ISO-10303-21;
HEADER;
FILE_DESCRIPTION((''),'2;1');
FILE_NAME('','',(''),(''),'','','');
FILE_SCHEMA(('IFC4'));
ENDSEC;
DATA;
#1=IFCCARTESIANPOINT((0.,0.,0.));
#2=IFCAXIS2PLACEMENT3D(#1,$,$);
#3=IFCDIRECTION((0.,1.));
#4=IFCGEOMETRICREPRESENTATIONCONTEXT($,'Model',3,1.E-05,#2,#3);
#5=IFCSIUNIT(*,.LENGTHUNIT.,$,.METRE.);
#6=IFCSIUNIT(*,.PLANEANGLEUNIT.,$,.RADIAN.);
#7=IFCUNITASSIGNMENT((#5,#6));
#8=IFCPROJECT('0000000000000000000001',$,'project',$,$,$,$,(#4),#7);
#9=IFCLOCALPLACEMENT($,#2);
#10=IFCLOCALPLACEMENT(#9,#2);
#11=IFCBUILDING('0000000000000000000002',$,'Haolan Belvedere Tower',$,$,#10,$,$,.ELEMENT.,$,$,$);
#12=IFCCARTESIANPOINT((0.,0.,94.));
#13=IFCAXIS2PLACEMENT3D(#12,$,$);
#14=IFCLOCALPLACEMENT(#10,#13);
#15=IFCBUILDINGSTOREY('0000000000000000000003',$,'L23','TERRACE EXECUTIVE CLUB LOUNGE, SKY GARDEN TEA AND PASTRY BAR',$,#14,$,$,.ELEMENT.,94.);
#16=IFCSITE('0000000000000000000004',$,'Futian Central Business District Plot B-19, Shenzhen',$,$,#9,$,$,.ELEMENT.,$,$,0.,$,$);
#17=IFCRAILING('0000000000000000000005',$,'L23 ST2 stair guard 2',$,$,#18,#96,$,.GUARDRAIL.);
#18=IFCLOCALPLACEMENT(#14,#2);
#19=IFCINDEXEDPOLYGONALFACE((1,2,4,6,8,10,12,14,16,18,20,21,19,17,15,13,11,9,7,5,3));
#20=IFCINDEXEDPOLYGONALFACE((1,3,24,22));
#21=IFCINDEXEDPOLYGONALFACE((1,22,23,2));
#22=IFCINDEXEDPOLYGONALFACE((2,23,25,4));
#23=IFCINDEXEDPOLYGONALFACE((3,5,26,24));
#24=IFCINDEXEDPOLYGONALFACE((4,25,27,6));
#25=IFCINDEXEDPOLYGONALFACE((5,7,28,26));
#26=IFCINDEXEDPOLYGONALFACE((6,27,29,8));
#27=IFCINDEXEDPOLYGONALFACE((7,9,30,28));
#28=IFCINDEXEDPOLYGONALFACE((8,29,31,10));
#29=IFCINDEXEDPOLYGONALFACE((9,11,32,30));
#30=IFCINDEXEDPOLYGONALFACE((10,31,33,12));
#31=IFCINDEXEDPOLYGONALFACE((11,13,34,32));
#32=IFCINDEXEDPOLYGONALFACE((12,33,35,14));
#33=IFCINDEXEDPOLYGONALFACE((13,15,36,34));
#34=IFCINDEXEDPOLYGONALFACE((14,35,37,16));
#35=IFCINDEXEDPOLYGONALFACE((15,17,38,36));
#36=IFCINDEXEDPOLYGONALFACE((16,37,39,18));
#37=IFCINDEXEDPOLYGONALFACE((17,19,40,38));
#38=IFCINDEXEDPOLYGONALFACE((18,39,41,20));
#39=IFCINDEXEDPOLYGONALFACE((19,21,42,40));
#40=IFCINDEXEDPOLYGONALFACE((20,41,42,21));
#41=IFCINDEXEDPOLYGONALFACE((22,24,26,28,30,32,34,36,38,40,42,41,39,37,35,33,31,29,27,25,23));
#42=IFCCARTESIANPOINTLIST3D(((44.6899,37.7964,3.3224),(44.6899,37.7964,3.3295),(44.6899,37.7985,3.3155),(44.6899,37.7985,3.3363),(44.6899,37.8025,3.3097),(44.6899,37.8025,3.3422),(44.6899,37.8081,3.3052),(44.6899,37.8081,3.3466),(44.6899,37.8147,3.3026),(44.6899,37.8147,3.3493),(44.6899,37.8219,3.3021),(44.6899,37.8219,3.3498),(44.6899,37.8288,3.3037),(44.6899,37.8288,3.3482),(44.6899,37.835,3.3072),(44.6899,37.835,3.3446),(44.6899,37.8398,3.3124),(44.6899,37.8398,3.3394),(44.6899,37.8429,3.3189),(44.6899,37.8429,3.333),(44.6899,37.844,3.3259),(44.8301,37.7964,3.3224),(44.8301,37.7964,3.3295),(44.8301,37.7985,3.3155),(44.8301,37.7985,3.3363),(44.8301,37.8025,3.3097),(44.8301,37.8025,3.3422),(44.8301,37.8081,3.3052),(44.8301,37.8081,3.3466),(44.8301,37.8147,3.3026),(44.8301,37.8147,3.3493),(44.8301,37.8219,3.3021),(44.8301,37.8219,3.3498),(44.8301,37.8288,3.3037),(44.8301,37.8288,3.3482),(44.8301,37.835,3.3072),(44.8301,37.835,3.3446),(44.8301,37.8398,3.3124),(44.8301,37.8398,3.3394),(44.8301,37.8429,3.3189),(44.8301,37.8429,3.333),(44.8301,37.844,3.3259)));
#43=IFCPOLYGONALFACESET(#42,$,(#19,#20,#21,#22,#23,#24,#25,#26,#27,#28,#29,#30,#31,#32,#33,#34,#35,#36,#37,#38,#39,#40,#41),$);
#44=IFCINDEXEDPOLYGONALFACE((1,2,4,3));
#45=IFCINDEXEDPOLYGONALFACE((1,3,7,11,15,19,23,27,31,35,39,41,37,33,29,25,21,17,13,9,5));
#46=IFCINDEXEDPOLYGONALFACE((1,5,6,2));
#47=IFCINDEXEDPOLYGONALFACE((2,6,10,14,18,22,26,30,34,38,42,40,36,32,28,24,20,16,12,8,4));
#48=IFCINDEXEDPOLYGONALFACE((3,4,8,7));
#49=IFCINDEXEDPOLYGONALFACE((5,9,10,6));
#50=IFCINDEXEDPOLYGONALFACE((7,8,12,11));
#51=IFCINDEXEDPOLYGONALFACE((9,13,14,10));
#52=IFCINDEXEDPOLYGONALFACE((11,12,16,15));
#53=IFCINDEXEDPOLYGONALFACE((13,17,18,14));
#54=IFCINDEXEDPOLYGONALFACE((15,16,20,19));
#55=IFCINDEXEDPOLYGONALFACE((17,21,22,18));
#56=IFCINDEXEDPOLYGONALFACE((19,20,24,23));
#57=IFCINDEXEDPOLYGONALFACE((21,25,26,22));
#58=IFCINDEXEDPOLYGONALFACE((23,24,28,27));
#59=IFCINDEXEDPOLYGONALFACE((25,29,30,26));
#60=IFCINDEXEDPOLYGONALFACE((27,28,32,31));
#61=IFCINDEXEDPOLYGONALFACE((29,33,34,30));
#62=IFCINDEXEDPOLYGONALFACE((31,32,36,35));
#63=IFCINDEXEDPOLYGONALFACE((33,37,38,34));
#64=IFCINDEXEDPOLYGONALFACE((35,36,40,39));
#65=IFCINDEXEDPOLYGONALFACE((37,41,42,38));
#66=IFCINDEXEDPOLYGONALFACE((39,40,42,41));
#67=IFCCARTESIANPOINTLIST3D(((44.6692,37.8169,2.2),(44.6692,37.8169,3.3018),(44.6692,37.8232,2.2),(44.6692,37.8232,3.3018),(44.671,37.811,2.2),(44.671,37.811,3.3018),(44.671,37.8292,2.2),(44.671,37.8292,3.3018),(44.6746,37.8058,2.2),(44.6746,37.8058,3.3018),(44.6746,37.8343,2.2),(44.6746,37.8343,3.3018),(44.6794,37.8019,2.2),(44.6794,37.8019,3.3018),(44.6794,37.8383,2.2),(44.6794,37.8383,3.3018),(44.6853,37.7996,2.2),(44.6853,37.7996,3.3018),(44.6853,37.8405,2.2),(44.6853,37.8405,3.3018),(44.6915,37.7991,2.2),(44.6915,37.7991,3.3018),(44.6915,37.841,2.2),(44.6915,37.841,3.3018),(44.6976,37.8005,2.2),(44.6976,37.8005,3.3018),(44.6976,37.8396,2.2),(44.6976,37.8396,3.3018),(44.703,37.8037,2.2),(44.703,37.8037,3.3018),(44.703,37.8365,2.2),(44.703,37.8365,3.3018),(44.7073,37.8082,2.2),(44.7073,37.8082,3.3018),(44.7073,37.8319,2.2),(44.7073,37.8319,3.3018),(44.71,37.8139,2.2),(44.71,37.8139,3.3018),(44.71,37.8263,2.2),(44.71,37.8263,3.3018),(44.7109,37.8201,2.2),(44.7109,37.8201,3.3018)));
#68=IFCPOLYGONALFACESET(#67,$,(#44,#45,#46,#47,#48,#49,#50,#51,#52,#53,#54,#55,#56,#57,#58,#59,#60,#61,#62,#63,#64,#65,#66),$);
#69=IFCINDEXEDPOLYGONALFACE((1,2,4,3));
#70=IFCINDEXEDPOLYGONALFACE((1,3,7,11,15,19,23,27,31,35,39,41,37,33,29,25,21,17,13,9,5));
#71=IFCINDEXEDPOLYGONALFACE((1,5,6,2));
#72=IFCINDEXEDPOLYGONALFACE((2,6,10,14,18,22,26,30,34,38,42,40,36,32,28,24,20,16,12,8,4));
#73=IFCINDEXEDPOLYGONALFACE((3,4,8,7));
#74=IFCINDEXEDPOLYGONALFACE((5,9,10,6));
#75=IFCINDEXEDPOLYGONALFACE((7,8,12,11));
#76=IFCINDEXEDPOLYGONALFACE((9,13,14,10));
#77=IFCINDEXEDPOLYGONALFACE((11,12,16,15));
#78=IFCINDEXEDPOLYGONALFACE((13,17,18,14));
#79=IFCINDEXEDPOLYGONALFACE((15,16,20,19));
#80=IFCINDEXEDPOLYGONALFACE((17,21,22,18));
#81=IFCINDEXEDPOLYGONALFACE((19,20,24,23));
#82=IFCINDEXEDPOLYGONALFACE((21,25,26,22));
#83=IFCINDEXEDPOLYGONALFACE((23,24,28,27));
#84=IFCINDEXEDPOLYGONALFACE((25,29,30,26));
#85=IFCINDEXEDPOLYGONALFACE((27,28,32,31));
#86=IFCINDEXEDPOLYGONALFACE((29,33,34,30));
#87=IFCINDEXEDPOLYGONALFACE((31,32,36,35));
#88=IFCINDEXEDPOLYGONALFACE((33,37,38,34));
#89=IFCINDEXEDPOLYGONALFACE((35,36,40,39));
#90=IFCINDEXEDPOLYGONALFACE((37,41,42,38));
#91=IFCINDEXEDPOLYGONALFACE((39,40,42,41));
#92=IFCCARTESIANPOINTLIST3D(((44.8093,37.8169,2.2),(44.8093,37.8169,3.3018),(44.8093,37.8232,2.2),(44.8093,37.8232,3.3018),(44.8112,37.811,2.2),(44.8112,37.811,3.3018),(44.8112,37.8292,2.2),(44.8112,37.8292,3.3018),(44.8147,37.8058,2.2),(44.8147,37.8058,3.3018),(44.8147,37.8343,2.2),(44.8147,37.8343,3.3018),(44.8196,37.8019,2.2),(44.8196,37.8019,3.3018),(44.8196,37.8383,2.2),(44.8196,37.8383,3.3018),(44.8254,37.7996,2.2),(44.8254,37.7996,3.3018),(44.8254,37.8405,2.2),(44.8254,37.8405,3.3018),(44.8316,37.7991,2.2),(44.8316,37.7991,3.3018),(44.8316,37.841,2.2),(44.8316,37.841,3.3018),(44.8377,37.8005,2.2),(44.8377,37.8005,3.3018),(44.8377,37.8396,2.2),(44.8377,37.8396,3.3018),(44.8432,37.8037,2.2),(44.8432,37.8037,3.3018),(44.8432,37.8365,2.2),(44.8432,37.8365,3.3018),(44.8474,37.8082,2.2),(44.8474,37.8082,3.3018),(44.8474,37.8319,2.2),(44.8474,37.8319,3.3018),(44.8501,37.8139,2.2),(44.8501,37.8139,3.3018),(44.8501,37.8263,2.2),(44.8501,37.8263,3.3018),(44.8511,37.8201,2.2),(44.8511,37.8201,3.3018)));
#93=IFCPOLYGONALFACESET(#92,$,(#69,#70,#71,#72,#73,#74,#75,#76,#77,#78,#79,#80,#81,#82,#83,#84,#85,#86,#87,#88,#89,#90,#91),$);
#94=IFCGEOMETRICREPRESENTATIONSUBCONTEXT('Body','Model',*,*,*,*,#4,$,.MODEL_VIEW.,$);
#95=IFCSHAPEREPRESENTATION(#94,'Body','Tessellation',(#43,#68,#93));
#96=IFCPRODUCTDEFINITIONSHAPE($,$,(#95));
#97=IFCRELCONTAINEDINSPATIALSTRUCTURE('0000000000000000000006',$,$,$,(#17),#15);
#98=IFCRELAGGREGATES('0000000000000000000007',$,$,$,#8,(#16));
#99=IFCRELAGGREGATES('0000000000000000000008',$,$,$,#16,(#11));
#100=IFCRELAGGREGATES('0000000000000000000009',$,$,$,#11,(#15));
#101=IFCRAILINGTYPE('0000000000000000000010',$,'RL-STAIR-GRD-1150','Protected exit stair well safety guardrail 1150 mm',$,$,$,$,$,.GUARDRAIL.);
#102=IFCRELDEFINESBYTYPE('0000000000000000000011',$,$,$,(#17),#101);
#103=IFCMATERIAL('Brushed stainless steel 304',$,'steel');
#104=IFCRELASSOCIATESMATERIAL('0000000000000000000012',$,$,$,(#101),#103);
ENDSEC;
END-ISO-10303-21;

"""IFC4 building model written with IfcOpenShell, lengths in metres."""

from ifc_helpers import new_model, si_unit, direction, frame, origin, origin_2d, place, context, subcontext, project, spatial, circle, extrude, material, type_object, element, save


model = new_model("IFC4")

# Units and contexts
model_context = context("Model", 3, precision=1e-05, world=origin(), true_north=direction((0.0, 1.0)))
body_context = subcontext(model_context, "Body", "Model", "MODEL_VIEW")
ifc_project = project(units=[si_unit("LENGTHUNIT", "METRE"), si_unit("PLANEANGLEUNIT", "RADIAN")], contexts=[model_context])

# Site, building, storey
site_placement = place(None, origin())
site = spatial("IfcSite", under=ifc_project, at=site_placement, Name="Futian Central Business District Plot B-19, Shenzhen", CompositionType="ELEMENT", RefElevation=0.0)
building_placement = place(site_placement, origin())
building = spatial("IfcBuilding", under=site, at=building_placement, Name="Haolan Belvedere Tower", CompositionType="ELEMENT")
storey_placement = place(building_placement, frame((0.0, 0.0, 94.0)))
storey = spatial("IfcBuildingStorey", under=building, at=storey_placement, Name="L23", Description="TERRACE EXECUTIVE CLUB LOUNGE, SKY GARDEN TEA AND PASTRY BAR", CompositionType="ELEMENT", Elevation=94.0)

# Railing
ifc_material_1 = material(Name="Brushed stainless steel 304", Category="steel")
railing_type = type_object("IfcRailingType", Name="RL-STAIR-GRD-1150", Description="Protected exit stair well safety guardrail 1150 mm", PredefinedType="GUARDRAIL", material=ifc_material_1)
railing_1_placement = place(storey_placement, frame((44.6899, 37.8201, 2.2)))
element("IfcRailing", 1, at=railing_1_placement, inside=storey, type_object=railing_type, Name="L23 ST2 stair guard 2", PredefinedType="GUARDRAIL", context=body_context, shape_type="SweptSolid", body=[
    extrude(circle(Radius=0.0239, at=origin_2d()), frame((0.0, 0.0, 1.126), z_axis=(1.0, 0.0, 0.0), x_axis=(0.0, 1.0, 0.0)), (0.0, 0.0, 1.0), 0.1401),
    extrude(circle(Radius=0.021, at=origin_2d()), origin(), (0.0, 0.0, 1.0), 1.1018),
    extrude(circle(Radius=0.021, at=origin_2d()), frame((0.1401, 0.0, 0.0)), (0.0, 0.0, 1.0), 1.1018),
])

save(model, "model.ifc")
